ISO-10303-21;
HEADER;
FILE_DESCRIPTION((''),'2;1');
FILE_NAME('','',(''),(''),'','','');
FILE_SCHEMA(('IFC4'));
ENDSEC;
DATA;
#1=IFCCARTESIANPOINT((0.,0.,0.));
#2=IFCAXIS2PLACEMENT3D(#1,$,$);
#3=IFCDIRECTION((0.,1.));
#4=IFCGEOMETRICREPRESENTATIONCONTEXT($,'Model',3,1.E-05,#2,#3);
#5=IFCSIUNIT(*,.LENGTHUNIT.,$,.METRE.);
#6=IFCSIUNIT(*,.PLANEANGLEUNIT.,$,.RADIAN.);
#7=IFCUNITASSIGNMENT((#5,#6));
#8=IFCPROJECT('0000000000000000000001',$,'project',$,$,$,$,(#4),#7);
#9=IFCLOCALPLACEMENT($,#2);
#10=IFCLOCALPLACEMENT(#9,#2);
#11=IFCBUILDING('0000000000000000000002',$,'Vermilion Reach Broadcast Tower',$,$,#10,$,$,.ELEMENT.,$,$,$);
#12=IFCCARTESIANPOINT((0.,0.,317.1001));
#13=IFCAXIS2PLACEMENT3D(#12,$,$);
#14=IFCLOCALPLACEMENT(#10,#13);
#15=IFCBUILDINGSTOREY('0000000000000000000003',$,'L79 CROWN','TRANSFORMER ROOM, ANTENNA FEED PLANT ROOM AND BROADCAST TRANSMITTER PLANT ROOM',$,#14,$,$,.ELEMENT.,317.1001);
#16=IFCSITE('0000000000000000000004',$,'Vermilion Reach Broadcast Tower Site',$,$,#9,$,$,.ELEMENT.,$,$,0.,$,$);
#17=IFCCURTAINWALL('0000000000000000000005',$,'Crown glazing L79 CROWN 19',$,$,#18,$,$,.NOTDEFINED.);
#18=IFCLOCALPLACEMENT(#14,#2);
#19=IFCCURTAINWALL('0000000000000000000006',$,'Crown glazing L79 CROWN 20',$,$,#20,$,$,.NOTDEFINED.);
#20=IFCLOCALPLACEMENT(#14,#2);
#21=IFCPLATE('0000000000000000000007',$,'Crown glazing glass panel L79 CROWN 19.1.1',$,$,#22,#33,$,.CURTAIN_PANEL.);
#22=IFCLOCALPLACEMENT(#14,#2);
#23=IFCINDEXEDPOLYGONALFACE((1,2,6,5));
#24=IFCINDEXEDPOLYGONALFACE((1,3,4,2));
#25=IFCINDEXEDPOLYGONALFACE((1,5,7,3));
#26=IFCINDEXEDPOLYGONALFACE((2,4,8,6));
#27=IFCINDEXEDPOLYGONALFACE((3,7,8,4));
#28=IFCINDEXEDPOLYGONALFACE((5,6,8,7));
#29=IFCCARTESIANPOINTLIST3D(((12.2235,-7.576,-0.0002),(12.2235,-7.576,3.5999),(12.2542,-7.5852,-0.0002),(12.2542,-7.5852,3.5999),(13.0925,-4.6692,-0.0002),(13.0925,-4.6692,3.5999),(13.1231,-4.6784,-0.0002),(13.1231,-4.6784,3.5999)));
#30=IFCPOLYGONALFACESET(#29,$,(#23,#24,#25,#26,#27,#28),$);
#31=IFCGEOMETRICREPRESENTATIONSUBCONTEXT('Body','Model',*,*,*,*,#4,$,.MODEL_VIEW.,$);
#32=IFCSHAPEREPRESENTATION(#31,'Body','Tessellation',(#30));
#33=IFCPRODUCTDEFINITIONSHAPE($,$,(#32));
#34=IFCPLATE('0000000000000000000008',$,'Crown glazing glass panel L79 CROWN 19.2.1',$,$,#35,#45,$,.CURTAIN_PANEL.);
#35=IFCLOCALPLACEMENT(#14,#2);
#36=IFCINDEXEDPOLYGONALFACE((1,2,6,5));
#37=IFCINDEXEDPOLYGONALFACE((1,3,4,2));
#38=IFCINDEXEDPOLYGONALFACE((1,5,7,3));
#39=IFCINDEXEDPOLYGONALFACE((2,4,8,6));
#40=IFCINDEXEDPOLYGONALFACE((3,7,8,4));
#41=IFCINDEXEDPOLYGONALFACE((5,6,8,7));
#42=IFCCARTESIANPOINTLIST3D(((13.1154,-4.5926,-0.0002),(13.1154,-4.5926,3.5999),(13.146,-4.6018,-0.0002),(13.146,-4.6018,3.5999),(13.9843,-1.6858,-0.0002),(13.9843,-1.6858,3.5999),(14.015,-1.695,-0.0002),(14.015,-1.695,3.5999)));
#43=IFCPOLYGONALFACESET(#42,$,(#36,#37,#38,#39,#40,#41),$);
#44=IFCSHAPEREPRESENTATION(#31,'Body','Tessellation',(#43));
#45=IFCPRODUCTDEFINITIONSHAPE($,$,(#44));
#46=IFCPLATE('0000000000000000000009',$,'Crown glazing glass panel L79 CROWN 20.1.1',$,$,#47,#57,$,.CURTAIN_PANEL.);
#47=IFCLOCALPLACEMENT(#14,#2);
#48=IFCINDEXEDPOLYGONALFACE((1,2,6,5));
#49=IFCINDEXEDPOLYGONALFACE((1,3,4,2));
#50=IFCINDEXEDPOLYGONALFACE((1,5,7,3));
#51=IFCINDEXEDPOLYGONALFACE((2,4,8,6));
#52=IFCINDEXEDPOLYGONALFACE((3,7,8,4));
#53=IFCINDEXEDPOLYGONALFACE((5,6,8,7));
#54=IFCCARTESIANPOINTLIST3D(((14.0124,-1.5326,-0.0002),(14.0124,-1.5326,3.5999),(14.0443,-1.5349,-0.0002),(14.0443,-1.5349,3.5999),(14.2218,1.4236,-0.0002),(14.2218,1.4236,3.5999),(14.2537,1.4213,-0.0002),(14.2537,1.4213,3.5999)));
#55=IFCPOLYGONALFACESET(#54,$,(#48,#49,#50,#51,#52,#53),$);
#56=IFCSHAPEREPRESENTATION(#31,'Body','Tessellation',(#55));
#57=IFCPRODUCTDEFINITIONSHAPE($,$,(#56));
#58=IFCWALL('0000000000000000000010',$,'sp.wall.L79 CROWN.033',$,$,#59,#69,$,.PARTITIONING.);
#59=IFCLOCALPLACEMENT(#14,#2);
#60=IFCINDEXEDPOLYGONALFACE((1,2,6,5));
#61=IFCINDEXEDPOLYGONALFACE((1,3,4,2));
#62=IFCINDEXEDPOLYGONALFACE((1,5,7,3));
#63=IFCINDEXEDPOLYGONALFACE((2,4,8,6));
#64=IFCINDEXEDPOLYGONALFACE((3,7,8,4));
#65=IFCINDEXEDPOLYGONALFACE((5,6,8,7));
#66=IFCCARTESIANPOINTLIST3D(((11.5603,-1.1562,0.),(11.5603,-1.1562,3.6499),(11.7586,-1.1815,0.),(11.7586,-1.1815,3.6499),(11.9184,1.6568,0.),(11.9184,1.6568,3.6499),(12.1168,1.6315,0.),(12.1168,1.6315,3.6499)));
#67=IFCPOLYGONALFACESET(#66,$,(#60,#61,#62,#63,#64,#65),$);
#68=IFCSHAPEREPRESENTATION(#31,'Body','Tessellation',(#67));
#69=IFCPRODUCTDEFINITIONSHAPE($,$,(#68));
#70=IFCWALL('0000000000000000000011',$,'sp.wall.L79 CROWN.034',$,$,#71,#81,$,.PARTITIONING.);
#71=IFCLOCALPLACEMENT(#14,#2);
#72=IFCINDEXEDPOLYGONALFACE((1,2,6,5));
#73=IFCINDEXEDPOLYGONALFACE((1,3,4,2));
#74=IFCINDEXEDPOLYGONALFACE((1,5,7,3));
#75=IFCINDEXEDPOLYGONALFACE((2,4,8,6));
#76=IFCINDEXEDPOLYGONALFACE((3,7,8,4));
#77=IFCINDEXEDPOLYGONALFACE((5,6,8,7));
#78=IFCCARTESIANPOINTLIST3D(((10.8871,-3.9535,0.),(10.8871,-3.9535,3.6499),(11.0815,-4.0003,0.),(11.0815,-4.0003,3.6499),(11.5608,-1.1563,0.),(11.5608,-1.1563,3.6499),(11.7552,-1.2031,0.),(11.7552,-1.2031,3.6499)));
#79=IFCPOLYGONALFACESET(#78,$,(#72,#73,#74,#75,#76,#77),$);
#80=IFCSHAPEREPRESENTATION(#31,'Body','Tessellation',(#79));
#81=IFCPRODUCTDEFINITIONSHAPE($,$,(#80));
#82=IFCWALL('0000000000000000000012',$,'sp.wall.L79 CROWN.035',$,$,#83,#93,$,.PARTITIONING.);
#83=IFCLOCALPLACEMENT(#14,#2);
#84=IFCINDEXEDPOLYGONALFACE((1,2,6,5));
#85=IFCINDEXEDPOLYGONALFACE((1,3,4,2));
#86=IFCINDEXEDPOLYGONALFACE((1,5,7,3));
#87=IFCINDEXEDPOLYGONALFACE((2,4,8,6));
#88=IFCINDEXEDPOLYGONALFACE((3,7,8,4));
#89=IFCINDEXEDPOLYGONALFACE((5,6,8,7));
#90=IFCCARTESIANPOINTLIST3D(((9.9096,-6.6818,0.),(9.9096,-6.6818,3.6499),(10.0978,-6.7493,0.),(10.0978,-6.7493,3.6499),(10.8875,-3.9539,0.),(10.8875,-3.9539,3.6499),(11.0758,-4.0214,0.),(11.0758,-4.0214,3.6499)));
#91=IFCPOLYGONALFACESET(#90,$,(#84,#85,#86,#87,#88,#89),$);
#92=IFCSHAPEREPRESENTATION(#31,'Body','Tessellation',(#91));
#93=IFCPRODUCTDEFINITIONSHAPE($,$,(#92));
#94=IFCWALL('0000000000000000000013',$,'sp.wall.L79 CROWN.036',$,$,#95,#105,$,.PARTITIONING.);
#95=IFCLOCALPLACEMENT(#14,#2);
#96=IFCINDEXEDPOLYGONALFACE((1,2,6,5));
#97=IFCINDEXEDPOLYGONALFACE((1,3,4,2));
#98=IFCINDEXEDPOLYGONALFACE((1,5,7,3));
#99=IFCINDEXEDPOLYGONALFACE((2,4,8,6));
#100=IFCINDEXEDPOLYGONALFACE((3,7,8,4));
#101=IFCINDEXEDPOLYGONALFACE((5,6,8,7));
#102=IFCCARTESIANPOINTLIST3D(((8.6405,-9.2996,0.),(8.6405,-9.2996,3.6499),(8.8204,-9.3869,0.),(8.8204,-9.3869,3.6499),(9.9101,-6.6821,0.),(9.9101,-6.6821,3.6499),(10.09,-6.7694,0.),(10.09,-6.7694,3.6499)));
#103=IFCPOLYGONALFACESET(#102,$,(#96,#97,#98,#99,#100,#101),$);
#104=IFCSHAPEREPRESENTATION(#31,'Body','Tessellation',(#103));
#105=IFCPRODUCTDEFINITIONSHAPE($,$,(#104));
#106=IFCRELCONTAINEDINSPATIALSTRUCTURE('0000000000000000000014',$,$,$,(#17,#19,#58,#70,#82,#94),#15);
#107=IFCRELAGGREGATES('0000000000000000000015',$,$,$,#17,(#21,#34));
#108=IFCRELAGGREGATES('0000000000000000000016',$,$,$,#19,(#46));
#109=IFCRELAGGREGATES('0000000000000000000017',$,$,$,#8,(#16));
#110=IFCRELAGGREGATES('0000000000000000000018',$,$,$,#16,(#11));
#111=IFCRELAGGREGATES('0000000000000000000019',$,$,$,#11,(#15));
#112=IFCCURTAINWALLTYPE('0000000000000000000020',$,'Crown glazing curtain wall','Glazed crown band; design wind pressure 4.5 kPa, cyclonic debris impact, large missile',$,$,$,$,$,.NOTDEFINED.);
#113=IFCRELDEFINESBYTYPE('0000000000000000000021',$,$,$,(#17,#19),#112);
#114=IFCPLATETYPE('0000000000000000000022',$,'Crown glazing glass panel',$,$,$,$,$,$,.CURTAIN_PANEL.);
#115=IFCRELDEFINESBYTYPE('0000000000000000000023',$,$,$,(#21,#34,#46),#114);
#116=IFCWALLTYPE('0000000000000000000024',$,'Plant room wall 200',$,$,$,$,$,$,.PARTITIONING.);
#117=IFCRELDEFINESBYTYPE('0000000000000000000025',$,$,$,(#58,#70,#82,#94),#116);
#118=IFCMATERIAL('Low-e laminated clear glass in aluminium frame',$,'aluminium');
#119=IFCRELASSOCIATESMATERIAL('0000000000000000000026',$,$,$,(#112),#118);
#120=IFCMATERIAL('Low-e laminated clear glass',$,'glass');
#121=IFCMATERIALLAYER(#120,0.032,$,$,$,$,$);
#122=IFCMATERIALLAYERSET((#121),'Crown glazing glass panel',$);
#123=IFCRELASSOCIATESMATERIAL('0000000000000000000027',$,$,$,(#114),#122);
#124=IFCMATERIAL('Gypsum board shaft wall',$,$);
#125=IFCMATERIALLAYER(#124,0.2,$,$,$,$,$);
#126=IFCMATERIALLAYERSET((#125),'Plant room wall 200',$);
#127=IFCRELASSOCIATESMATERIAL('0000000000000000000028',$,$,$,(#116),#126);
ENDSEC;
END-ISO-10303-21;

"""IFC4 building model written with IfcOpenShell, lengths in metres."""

from ifc_helpers import new_model, si_unit, direction, frame, frame_2d, origin, origin_2d, place, context, subcontext, project, spatial, rectangle, extrude, material, layer, layer_set, type_object, element, aggregate, save


model = new_model("IFC4")

# Units and contexts
model_context = context("Model", 3, precision=1e-05, world=origin(), true_north=direction((0.0, 1.0)))
body_context = subcontext(model_context, "Body", "Model", "MODEL_VIEW")
ifc_project = project(units=[si_unit("LENGTHUNIT", "METRE"), si_unit("PLANEANGLEUNIT", "RADIAN")], contexts=[model_context])

# Site, building, storey
site_placement = place(None, origin())
site = spatial("IfcSite", under=ifc_project, at=site_placement, Name="Vermilion Reach Broadcast Tower Site", CompositionType="ELEMENT", RefElevation=0.0)
building_placement = place(site_placement, origin())
building = spatial("IfcBuilding", under=site, at=building_placement, Name="Vermilion Reach Broadcast Tower", CompositionType="ELEMENT")
storey_placement = place(building_placement, frame((0.0, 0.0, 317.1001)))
storey = spatial("IfcBuildingStorey", under=building, at=storey_placement, Name="L79 CROWN", Description="TRANSFORMER ROOM, ANTENNA FEED PLANT ROOM AND BROADCAST TRANSMITTER PLANT ROOM", CompositionType="ELEMENT", Elevation=317.1001)

# Curtain wall
ifc_material_1 = material(Name="Low-e laminated clear glass in aluminium frame", Category="aluminium")
curtain_wall_type = type_object("IfcCurtainWallType", Name="Crown glazing curtain wall", Description="Glazed crown band; design wind pressure 4.5 kPa, cyclonic debris impact, large missile", PredefinedType="NOTDEFINED", material=ifc_material_1)
placement = place(storey_placement, origin())
curtain_wall_1 = element("IfcCurtainWall", 1, at=placement, inside=storey, type_object=curtain_wall_type, Name="Crown glazing L79 CROWN 19", PredefinedType="NOTDEFINED")

# Curtain wall
curtain_wall_2 = element("IfcCurtainWall", 2, at=placement, inside=storey, type_object=curtain_wall_type, Name="Crown glazing L79 CROWN 20", PredefinedType="NOTDEFINED")

# Plates
ifc_material_2 = material(Name="Low-e laminated clear glass", Category="glass")
ifc_layer_1 = layer(ifc_material_2, 0.032)
ifc_layer_set_1 = layer_set([ifc_layer_1], Name="Crown glazing glass panel")
plate_type = type_object("IfcPlateType", Name="Crown glazing glass panel", PredefinedType="CURTAIN_PANEL", material=ifc_layer_set_1)
plate_1_placement = place(storey_placement, frame((12.6733, -6.1272, -0.0002), z_axis=(0.0, 0.0, 1.0), x_axis=(0.286407, 0.958108, 0.0)))
plate_1 = element("IfcPlate", 3, at=plate_1_placement, type_object=plate_type, Name="Crown glazing glass panel L79 CROWN 19.1.1", PredefinedType="CURTAIN_PANEL", context=body_context, shape_type="SweptSolid", body=[
    extrude(rectangle(XDim=3.0339, YDim=0.032, at=origin_2d()), origin(), (0.0, 0.0, 1.0), 3.6001),
])
plate_2_placement = place(storey_placement, frame((13.5652, -3.1438, -0.0002), z_axis=(0.0, 0.0, 1.0), x_axis=(0.286407, 0.958108, 0.0)))
plate_2 = element("IfcPlate", 4, at=plate_2_placement, type_object=plate_type, Name="Crown glazing glass panel L79 CROWN 19.2.1", PredefinedType="CURTAIN_PANEL", context=body_context, shape_type="SweptSolid", body=[
    extrude(rectangle(XDim=3.0339, YDim=0.032, at=origin_2d()), origin(), (0.0, 0.0, 1.0), 3.6001),
])
aggregate(curtain_wall_1, [plate_1, plate_2])
plate_3_placement = place(storey_placement, frame((14.1331, -0.0557, -0.0002), z_axis=(0.0, 0.0, 1.0), x_axis=(0.070673, 0.9975, 0.0)))
plate_3 = element("IfcPlate", 5, at=plate_3_placement, type_object=plate_type, Name="Crown glazing glass panel L79 CROWN 20.1.1", PredefinedType="CURTAIN_PANEL", context=body_context, shape_type="SweptSolid", body=[
    extrude(rectangle(XDim=2.9636, YDim=0.032, at=origin_2d()), origin(), (0.0, 0.0, 1.0), 3.6001),
])
aggregate(curtain_wall_2, [plate_3])

# Walls
ifc_material_3 = material(Name="Gypsum board shaft wall")
ifc_layer_2 = layer(ifc_material_3, 0.2)
ifc_layer_set_2 = layer_set([ifc_layer_2], Name="Plant room wall 200")
wall_type = type_object("IfcWallType", Name="Plant room wall 200", PredefinedType="PARTITIONING", material=ifc_layer_set_2)
wall_1_placement = place(storey_placement, frame((11.6594, -1.1689, 0.0), z_axis=(0.0, 0.0, 1.0), x_axis=(0.126302, 0.991992, 0.0)))
element("IfcWall", 6, at=wall_1_placement, inside=storey, type_object=wall_type, Name="sp.wall.L79 CROWN.033", PredefinedType="PARTITIONING", context=body_context, shape_type="SweptSolid", body=[
    extrude(rectangle(XDim=2.8357, YDim=0.2, at=frame_2d((1.418, 0.0))), origin(), (0.0, 0.0, 1.0), 3.6499),
])
wall_2_placement = place(storey_placement, frame((10.9844, -3.9768, 0.0), z_axis=(0.0, 0.0, 1.0), x_axis=(0.234121, 0.972208, 0.0)))
element("IfcWall", 7, at=wall_2_placement, inside=storey, type_object=wall_type, Name="sp.wall.L79 CROWN.034", PredefinedType="PARTITIONING", context=body_context, shape_type="SweptSolid", body=[
    extrude(rectangle(XDim=2.8772, YDim=0.2, at=frame_2d((1.4385, 0.0))), origin(), (0.0, 0.0, 1.0), 3.6499),
])
wall_3_placement = place(storey_placement, frame((10.0037, -6.7156, 0.0), z_axis=(0.0, 0.0, 1.0), x_axis=(0.337478, 0.941333, 0.0)))
element("IfcWall", 8, at=wall_3_placement, inside=storey, type_object=wall_type, Name="sp.wall.L79 CROWN.035", PredefinedType="PARTITIONING", context=body_context, shape_type="SweptSolid", body=[
    extrude(rectangle(XDim=2.8979, YDim=0.2, at=frame_2d((1.449, 0.0))), origin(), (0.0, 0.0, 1.0), 3.6499),
])
wall_4_placement = place(storey_placement, frame((8.7305, -9.3433, 0.0), z_axis=(0.0, 0.0, 1.0), x_axis=(0.436405, 0.89975, 0.0)))
element("IfcWall", 9, at=wall_4_placement, inside=storey, type_object=wall_type, Name="sp.wall.L79 CROWN.036", PredefinedType="PARTITIONING", context=body_context, shape_type="SweptSolid", body=[
    extrude(rectangle(XDim=2.9092, YDim=0.2, at=frame_2d((1.4546, 0.0))), origin(), (0.0, 0.0, 1.0), 3.6499),
])

save(model, "model.ifc")
